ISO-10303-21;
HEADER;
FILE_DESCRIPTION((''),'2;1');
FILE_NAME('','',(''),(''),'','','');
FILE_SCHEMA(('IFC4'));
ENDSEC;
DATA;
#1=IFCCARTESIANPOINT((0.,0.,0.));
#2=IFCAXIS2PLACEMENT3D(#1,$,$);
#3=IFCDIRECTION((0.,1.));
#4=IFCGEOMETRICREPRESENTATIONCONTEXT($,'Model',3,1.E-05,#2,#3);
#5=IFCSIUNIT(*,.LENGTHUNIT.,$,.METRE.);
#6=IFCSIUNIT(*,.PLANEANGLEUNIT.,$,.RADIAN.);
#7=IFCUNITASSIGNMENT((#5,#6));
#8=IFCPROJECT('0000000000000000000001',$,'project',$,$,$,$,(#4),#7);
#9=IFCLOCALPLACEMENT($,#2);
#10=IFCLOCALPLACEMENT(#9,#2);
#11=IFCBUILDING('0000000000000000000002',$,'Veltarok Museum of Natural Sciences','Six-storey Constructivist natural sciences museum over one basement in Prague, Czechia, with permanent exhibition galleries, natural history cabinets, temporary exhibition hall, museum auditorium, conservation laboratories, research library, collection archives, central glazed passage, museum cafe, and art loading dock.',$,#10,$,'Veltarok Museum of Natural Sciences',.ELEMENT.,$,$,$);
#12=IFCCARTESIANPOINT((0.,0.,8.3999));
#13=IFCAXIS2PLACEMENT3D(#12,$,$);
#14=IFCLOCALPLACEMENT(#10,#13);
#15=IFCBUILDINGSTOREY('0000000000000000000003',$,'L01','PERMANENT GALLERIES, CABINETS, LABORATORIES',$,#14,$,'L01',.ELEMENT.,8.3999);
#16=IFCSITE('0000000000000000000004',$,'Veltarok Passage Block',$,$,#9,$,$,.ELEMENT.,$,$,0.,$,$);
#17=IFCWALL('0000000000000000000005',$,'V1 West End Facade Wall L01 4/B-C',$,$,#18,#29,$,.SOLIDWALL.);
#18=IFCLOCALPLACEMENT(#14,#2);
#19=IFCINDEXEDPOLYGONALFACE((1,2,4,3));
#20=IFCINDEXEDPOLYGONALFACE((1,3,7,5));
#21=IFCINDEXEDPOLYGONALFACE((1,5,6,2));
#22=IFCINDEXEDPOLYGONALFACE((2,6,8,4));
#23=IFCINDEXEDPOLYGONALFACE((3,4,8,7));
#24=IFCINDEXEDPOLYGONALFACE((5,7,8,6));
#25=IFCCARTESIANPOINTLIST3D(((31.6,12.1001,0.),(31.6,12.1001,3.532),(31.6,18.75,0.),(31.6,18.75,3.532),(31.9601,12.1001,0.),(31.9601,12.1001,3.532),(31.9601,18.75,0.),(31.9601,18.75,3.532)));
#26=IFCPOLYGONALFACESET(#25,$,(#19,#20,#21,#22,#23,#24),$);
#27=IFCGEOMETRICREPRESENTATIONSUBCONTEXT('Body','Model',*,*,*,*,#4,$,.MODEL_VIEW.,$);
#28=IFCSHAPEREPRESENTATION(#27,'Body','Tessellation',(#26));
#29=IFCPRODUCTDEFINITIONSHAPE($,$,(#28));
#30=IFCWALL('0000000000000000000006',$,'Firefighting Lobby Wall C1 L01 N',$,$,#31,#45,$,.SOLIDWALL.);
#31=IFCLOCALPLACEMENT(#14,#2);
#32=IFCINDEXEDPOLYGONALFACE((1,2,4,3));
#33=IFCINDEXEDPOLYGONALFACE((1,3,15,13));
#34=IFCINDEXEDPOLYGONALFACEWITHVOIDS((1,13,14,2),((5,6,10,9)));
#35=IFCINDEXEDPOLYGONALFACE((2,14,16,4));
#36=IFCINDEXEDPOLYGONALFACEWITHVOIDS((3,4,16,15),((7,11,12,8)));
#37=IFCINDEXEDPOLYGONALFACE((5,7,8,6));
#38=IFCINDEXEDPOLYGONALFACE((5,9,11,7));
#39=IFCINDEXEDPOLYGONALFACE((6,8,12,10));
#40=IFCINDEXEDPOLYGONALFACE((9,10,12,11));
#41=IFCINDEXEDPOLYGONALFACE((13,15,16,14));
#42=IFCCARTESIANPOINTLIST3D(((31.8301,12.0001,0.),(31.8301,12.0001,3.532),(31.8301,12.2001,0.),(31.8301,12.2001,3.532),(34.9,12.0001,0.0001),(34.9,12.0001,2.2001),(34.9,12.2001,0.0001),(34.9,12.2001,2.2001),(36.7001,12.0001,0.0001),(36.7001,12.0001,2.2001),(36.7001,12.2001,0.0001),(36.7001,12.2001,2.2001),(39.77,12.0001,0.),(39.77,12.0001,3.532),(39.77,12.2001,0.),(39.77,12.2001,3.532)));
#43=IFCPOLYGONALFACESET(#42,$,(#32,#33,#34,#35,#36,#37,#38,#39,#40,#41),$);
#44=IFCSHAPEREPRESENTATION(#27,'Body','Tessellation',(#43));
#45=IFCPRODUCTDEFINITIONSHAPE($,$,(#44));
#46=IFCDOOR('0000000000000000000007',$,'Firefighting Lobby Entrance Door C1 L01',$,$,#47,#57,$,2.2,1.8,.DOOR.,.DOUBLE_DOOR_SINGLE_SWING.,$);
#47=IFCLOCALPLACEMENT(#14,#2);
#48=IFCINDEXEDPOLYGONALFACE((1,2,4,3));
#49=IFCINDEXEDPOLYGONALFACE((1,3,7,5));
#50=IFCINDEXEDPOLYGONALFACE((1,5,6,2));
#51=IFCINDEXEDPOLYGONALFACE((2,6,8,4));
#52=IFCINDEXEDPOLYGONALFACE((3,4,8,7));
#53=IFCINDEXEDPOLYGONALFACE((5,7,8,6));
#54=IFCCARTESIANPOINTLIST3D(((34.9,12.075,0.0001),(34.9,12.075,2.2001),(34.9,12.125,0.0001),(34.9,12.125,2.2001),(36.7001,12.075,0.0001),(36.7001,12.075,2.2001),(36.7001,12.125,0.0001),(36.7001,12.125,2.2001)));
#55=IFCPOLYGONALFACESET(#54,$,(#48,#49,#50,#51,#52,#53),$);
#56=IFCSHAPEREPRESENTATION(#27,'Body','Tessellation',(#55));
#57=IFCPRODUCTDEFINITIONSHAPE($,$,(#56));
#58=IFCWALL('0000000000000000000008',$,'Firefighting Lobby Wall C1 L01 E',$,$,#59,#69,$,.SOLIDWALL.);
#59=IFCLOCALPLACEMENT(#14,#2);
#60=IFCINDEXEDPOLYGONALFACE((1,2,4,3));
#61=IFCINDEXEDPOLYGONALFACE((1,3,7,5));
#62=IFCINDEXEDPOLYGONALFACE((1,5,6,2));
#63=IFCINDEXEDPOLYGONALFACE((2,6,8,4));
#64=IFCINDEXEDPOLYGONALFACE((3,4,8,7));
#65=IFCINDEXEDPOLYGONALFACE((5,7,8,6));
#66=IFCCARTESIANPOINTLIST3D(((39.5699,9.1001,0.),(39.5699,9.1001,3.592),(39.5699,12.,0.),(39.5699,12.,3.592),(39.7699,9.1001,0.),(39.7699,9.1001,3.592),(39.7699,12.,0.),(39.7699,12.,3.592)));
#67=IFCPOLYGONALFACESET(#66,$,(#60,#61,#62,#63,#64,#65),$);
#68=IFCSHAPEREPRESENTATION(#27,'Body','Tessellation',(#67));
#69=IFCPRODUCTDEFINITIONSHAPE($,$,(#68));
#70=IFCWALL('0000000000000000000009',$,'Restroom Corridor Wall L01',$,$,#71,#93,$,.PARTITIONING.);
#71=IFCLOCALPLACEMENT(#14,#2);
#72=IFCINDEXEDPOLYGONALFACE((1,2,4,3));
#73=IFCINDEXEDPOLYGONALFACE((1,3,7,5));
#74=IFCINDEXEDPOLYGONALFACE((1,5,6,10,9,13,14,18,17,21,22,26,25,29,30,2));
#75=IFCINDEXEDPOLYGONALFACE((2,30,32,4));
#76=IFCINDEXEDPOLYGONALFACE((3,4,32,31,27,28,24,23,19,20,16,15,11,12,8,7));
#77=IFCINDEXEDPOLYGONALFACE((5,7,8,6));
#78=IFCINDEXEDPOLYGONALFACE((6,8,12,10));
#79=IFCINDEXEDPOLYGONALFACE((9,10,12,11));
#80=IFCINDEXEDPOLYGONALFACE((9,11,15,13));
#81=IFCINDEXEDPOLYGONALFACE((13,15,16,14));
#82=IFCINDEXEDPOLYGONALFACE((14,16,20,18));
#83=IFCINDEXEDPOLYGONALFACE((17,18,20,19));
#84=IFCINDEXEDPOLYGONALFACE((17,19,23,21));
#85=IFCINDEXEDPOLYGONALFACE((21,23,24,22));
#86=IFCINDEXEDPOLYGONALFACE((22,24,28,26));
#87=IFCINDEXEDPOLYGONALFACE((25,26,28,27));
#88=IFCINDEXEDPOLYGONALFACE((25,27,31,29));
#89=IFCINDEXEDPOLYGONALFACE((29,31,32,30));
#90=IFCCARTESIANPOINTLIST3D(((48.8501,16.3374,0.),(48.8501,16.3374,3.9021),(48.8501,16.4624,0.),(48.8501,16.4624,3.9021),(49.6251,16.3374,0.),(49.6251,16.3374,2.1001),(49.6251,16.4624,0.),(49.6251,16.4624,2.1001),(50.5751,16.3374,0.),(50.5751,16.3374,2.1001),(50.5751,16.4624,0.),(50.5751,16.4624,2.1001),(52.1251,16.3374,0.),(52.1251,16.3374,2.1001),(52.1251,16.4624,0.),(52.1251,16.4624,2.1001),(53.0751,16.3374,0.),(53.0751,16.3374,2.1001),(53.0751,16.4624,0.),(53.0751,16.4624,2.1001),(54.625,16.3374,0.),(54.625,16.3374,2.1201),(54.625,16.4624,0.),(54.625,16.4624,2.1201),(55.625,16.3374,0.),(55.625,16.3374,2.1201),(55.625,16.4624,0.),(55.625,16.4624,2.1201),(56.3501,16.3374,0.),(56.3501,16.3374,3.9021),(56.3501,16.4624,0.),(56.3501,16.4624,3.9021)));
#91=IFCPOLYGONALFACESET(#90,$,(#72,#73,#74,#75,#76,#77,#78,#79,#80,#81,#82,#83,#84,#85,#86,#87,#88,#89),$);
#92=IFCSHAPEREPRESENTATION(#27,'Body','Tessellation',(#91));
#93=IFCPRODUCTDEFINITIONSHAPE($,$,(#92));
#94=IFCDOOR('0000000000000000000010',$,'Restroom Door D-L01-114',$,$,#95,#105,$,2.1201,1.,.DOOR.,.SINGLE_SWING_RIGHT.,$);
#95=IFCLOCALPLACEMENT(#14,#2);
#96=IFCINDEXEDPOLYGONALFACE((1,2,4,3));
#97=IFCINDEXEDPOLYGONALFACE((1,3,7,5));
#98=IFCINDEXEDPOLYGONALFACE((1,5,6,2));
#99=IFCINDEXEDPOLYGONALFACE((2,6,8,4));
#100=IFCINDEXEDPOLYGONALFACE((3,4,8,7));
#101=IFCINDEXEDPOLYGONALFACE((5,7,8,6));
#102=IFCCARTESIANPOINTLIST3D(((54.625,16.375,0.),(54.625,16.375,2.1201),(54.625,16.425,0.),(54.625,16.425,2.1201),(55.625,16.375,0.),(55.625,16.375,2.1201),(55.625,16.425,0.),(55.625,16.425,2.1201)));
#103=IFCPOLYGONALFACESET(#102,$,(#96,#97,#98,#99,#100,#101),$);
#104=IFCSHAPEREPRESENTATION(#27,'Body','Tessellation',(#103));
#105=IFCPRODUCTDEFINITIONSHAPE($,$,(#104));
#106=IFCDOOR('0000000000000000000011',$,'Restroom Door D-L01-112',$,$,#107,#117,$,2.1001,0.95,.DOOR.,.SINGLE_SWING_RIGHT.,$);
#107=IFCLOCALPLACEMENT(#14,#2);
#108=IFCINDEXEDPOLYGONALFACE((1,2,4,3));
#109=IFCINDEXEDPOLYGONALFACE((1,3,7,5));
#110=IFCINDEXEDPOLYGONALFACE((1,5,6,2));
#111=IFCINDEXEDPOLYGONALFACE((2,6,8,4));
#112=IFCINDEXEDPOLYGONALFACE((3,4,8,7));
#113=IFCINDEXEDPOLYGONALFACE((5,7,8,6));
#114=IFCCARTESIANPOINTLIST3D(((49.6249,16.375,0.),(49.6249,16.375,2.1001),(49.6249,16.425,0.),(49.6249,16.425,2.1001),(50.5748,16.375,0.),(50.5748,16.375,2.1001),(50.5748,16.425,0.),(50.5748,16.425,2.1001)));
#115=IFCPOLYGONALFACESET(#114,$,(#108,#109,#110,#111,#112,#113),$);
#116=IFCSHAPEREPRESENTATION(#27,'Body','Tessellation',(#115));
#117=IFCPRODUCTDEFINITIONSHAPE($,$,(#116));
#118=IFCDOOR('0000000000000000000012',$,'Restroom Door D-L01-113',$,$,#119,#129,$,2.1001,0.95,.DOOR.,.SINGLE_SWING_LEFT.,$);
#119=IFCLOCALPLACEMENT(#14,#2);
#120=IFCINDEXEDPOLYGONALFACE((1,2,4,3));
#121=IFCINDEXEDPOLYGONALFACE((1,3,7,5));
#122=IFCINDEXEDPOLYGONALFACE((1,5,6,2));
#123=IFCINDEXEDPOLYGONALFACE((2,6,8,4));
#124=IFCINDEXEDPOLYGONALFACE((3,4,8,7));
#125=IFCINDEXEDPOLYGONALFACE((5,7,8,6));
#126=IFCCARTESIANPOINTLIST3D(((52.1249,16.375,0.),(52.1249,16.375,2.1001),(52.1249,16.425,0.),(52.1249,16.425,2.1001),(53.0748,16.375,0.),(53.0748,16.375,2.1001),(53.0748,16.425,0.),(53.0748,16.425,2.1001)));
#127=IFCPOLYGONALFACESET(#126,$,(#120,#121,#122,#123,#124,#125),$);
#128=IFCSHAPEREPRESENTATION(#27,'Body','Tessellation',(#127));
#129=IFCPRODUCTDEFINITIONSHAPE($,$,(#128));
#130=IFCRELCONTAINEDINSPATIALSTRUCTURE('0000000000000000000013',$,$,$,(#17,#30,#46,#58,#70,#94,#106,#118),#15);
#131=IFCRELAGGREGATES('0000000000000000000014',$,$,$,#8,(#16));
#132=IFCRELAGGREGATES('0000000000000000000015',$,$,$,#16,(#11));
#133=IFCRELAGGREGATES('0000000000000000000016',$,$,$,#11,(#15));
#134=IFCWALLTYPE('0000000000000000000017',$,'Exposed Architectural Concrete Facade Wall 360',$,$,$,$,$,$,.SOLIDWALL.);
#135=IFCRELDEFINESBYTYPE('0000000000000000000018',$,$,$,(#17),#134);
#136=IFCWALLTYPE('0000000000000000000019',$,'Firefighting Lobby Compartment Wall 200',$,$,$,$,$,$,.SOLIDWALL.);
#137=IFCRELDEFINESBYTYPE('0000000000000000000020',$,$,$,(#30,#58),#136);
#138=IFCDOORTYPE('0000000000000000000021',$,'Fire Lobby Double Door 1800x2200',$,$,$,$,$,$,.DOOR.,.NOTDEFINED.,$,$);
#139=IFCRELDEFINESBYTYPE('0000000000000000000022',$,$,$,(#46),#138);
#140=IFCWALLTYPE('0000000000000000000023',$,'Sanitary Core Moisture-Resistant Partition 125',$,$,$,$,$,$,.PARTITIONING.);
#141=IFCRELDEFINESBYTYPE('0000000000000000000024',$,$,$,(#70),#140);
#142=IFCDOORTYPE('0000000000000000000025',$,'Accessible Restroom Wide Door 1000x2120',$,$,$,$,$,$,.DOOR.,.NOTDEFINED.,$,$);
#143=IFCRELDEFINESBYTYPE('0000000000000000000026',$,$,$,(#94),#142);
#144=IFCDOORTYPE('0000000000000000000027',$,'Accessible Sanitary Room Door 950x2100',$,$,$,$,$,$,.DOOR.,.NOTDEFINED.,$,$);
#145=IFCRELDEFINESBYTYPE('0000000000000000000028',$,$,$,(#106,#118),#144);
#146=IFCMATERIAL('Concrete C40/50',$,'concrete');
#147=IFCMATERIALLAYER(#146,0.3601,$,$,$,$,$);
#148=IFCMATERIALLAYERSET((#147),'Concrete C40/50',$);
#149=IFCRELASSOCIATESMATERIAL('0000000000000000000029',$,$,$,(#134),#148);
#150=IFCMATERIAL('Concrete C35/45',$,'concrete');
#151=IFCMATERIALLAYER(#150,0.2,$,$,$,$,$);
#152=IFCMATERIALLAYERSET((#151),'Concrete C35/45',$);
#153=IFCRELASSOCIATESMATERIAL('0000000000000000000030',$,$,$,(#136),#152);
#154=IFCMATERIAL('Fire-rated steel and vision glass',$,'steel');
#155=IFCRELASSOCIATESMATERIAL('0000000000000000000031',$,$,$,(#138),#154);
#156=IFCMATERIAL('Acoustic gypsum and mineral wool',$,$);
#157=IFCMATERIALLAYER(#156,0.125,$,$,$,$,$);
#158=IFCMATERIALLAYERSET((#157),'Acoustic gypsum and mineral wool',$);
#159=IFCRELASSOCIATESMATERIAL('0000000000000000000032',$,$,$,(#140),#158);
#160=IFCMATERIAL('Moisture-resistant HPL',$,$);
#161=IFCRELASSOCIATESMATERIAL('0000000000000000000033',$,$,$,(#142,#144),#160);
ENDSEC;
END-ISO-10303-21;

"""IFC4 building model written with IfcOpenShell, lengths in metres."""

from ifc_helpers import new_model, si_unit, direction, frame, frame_2d, origin, place, context, subcontext, project, spatial, rectangle, extrude, material, layer, layer_set, type_object, element, fill, save


model = new_model("IFC4")

# Units and contexts
model_context = context("Model", 3, precision=1e-05, world=origin(), true_north=direction((0.0, 1.0)))
body_context = subcontext(model_context, "Body", "Model", "MODEL_VIEW")
ifc_project = project(units=[si_unit("LENGTHUNIT", "METRE"), si_unit("PLANEANGLEUNIT", "RADIAN")], contexts=[model_context])

# Site, building, storey
site_placement = place(None, origin())
site = spatial("IfcSite", under=ifc_project, at=site_placement, Name="Veltarok Passage Block", CompositionType="ELEMENT", RefElevation=0.0)
building_placement = place(site_placement, origin())
building = spatial("IfcBuilding", under=site, at=building_placement, Name="Veltarok Museum of Natural Sciences", Description="Six-storey Constructivist natural sciences museum over one basement in Prague, Czechia, with permanent exhibition galleries, natural history cabinets, temporary exhibition hall, museum auditorium, conservation laboratories, research library, collection archives, central glazed passage, museum cafe, and art loading dock.", LongName="Veltarok Museum of Natural Sciences", CompositionType="ELEMENT")
storey_placement = place(building_placement, frame((0.0, 0.0, 8.3999)))
storey = spatial("IfcBuildingStorey", under=building, at=storey_placement, Name="L01", Description="PERMANENT GALLERIES, CABINETS, LABORATORIES", LongName="L01", CompositionType="ELEMENT", Elevation=8.3999)

# Shared definitions
ifc_material_1 = material(Name="Concrete C40/50", Category="concrete")

# Wall
ifc_layer_1 = layer(ifc_material_1, 0.3601)
ifc_layer_set_1 = layer_set([ifc_layer_1], Name="Concrete C40/50")
wall_type_1 = type_object("IfcWallType", Name="Exposed Architectural Concrete Facade Wall 360", PredefinedType="SOLIDWALL", material=ifc_layer_set_1)
wall_1_placement = place(storey_placement, frame((31.78, 18.75, 0.0), z_axis=(0.0, 0.0, 1.0), x_axis=(0.0, -1.0, 0.0)))
element("IfcWall", 1, at=wall_1_placement, inside=storey, type_object=wall_type_1, Name="V1 West End Facade Wall L01 4/B-C", PredefinedType="SOLIDWALL", context=body_context, shape_type="SweptSolid", body=[
    extrude(rectangle(XDim=6.6499, YDim=0.3601, at=frame_2d((3.325, 0.0))), origin(), (0.0, 0.0, 1.0), 3.532),
])

# Wall, opening, door
ifc_material_2 = material(Name="Concrete C35/45", Category="concrete")
ifc_layer_2 = layer(ifc_material_2, 0.2)
ifc_layer_set_2 = layer_set([ifc_layer_2], Name="Concrete C35/45")
wall_type_2 = type_object("IfcWallType", Name="Firefighting Lobby Compartment Wall 200", PredefinedType="SOLIDWALL", material=ifc_layer_set_2)
wall_2_placement = place(storey_placement, frame((31.8301, 12.1001, 0.0), z_axis=(0.0, 0.0, 1.0), x_axis=(1.0, 0.0, 0.0)))
wall_2 = element("IfcWall", 2, at=wall_2_placement, inside=storey, type_object=wall_type_2, Name="Firefighting Lobby Wall C1 L01 N", PredefinedType="SOLIDWALL", context=body_context, shape_type="SweptSolid", body=[
    extrude(rectangle(XDim=7.9399, YDim=0.2, at=frame_2d((3.97, 0.0))), origin(), (0.0, 0.0, 1.0), 3.532),
])
opening_1_placement = place(wall_2_placement, frame((3.0701, 0.0, 0.0)))
opening_1 = element("IfcOpeningElement", 3, at=opening_1_placement, cuts=wall_2, PredefinedType="OPENING", context=body_context, shape_type="SweptSolid", body=[
    extrude(rectangle(XDim=1.8, YDim=2.2, at=frame_2d((0.8999, 1.1001))), frame((0.0, 0.1099, 0.0), z_axis=(0.0, -1.0, 0.0), x_axis=(1.0, 0.0, 0.0)), (0.0, 0.0, 1.0), 0.22),
])
ifc_material_3 = material(Name="Fire-rated steel and vision glass", Category="steel")
door_type_1 = type_object("IfcDoorType", Name="Fire Lobby Double Door 1800x2200", OperationType="NOTDEFINED", PredefinedType="DOOR", material=ifc_material_3)
door_1_placement = place(opening_1_placement, origin())
door_1 = element("IfcDoor", 4, at=door_1_placement, inside=storey, type_object=door_type_1, Name="Firefighting Lobby Entrance Door C1 L01", OperationType="DOUBLE_DOOR_SINGLE_SWING", OverallHeight=2.2, OverallWidth=1.8, PredefinedType="DOOR", context=body_context, shape_type="SweptSolid", body=[
    extrude(rectangle(XDim=1.8, YDim=2.2, at=frame_2d((0.8999, 1.1001))), frame((0.0, 0.0249, 0.0), z_axis=(0.0, -1.0, 0.0), x_axis=(1.0, 0.0, 0.0)), (0.0, 0.0, 1.0), 0.05),
])
fill(opening_1, door_1)

# Wall
wall_3_placement = place(storey_placement, frame((39.6699, 12.0, 0.0), z_axis=(0.0, 0.0, 1.0), x_axis=(0.0, -1.0, 0.0)))
element("IfcWall", 5, at=wall_3_placement, inside=storey, type_object=wall_type_2, Name="Firefighting Lobby Wall C1 L01 E", PredefinedType="SOLIDWALL", context=body_context, shape_type="SweptSolid", body=[
    extrude(rectangle(XDim=2.8999, YDim=0.2, at=frame_2d((1.45, 0.0))), origin(), (0.0, 0.0, 1.0), 3.592),
])

# Wall, openings, doors
ifc_material_4 = material(Name="Acoustic gypsum and mineral wool")
ifc_layer_3 = layer(ifc_material_4, 0.125)
ifc_layer_set_3 = layer_set([ifc_layer_3], Name="Acoustic gypsum and mineral wool")
wall_type_3 = type_object("IfcWallType", Name="Sanitary Core Moisture-Resistant Partition 125", PredefinedType="PARTITIONING", material=ifc_layer_set_3)
wall_4_placement = place(storey_placement, frame((48.8501, 16.3999, 0.0), z_axis=(0.0, 0.0, 1.0), x_axis=(1.0, 0.0, 0.0)))
wall_4 = element("IfcWall", 6, at=wall_4_placement, inside=storey, type_object=wall_type_3, Name="Restroom Corridor Wall L01", PredefinedType="PARTITIONING", context=body_context, shape_type="SweptSolid", body=[
    extrude(rectangle(XDim=7.5, YDim=0.125, at=frame_2d((3.75, 0.0))), origin(), (0.0, 0.0, 1.0), 3.9021),
])
opening_2_placement = place(wall_4_placement, frame((0.7749, 0.0, 0.0)))
opening_2 = element("IfcOpeningElement", 7, at=opening_2_placement, cuts=wall_4, PredefinedType="OPENING", context=body_context, shape_type="SweptSolid", body=[
    extrude(rectangle(XDim=0.95, YDim=2.1001, at=frame_2d((0.4751, 1.05))), frame((0.0, 0.0725, 0.0), z_axis=(0.0, -1.0, 0.0), x_axis=(1.0, 0.0, 0.0)), (0.0, 0.0, 1.0), 0.145),
])
opening_3_placement = place(wall_4_placement, frame((3.2749, 0.0, 0.0)))
opening_3 = element("IfcOpeningElement", 8, at=opening_3_placement, cuts=wall_4, PredefinedType="OPENING", context=body_context, shape_type="SweptSolid", body=[
    extrude(rectangle(XDim=0.95, YDim=2.1001, at=frame_2d((0.4751, 1.05))), frame((0.0, 0.0725, 0.0), z_axis=(0.0, -1.0, 0.0), x_axis=(1.0, 0.0, 0.0)), (0.0, 0.0, 1.0), 0.145),
])
opening_4_placement = place(wall_4_placement, frame((5.7749, 0.0, 0.0)))
opening_4 = element("IfcOpeningElement", 9, at=opening_4_placement, cuts=wall_4, PredefinedType="OPENING", context=body_context, shape_type="SweptSolid", body=[
    extrude(rectangle(XDim=1.0, YDim=2.1201, at=frame_2d((0.5, 1.0601))), frame((0.0, 0.0725, 0.0), z_axis=(0.0, -1.0, 0.0), x_axis=(1.0, 0.0, 0.0)), (0.0, 0.0, 1.0), 0.145),
])
ifc_material_5 = material(Name="Moisture-resistant HPL")
door_type_2 = type_object("IfcDoorType", Name="Accessible Restroom Wide Door 1000x2120", OperationType="NOTDEFINED", PredefinedType="DOOR", material=ifc_material_5)
door_2_placement = place(opening_4_placement, frame((1.0, 0.0, 0.0), z_axis=(0.0, 0.0, 1.0), x_axis=(-1.0, 0.0, 0.0)))
door_2 = element("IfcDoor", 10, at=door_2_placement, inside=storey, type_object=door_type_2, Name="Restroom Door D-L01-114", OperationType="SINGLE_SWING_RIGHT", OverallHeight=2.1201, OverallWidth=1.0, PredefinedType="DOOR", context=body_context, shape_type="SweptSolid", body=[
    extrude(rectangle(XDim=1.0, YDim=2.1201, at=frame_2d((0.5, 1.0601))), frame((0.0, 0.0249, 0.0), z_axis=(0.0, -1.0, 0.0), x_axis=(1.0, 0.0, 0.0)), (0.0, 0.0, 1.0), 0.05),
])
fill(opening_4, door_2)
door_type_3 = type_object("IfcDoorType", Name="Accessible Sanitary Room Door 950x2100", OperationType="NOTDEFINED", PredefinedType="DOOR", material=ifc_material_5)
door_3_placement = place(opening_2_placement, frame((0.95, 0.0, 0.0), z_axis=(0.0, 0.0, 1.0), x_axis=(-1.0, 0.0, 0.0)))
door_3 = element("IfcDoor", 11, at=door_3_placement, inside=storey, type_object=door_type_3, Name="Restroom Door D-L01-112", OperationType="SINGLE_SWING_RIGHT", OverallHeight=2.1001, OverallWidth=0.95, PredefinedType="DOOR", context=body_context, shape_type="SweptSolid", body=[
    extrude(rectangle(XDim=0.95, YDim=2.1001, at=frame_2d((0.4751, 1.05))), frame((0.0, 0.0249, 0.0), z_axis=(0.0, -1.0, 0.0), x_axis=(1.0, 0.0, 0.0)), (0.0, 0.0, 1.0), 0.05),
])
fill(opening_2, door_3)
door_4_placement = place(opening_3_placement, frame((0.95, 0.0, 0.0), z_axis=(0.0, 0.0, 1.0), x_axis=(-1.0, 0.0, 0.0)))
door_4 = element("IfcDoor", 12, at=door_4_placement, inside=storey, type_object=door_type_3, Name="Restroom Door D-L01-113", OperationType="SINGLE_SWING_LEFT", OverallHeight=2.1001, OverallWidth=0.95, PredefinedType="DOOR", context=body_context, shape_type="SweptSolid", body=[
    extrude(rectangle(XDim=0.95, YDim=2.1001, at=frame_2d((0.4751, 1.05))), frame((0.0, 0.0249, 0.0), z_axis=(0.0, -1.0, 0.0), x_axis=(1.0, 0.0, 0.0)), (0.0, 0.0, 1.0), 0.05),
])
fill(opening_3, door_4)

save(model, "model.ifc")
